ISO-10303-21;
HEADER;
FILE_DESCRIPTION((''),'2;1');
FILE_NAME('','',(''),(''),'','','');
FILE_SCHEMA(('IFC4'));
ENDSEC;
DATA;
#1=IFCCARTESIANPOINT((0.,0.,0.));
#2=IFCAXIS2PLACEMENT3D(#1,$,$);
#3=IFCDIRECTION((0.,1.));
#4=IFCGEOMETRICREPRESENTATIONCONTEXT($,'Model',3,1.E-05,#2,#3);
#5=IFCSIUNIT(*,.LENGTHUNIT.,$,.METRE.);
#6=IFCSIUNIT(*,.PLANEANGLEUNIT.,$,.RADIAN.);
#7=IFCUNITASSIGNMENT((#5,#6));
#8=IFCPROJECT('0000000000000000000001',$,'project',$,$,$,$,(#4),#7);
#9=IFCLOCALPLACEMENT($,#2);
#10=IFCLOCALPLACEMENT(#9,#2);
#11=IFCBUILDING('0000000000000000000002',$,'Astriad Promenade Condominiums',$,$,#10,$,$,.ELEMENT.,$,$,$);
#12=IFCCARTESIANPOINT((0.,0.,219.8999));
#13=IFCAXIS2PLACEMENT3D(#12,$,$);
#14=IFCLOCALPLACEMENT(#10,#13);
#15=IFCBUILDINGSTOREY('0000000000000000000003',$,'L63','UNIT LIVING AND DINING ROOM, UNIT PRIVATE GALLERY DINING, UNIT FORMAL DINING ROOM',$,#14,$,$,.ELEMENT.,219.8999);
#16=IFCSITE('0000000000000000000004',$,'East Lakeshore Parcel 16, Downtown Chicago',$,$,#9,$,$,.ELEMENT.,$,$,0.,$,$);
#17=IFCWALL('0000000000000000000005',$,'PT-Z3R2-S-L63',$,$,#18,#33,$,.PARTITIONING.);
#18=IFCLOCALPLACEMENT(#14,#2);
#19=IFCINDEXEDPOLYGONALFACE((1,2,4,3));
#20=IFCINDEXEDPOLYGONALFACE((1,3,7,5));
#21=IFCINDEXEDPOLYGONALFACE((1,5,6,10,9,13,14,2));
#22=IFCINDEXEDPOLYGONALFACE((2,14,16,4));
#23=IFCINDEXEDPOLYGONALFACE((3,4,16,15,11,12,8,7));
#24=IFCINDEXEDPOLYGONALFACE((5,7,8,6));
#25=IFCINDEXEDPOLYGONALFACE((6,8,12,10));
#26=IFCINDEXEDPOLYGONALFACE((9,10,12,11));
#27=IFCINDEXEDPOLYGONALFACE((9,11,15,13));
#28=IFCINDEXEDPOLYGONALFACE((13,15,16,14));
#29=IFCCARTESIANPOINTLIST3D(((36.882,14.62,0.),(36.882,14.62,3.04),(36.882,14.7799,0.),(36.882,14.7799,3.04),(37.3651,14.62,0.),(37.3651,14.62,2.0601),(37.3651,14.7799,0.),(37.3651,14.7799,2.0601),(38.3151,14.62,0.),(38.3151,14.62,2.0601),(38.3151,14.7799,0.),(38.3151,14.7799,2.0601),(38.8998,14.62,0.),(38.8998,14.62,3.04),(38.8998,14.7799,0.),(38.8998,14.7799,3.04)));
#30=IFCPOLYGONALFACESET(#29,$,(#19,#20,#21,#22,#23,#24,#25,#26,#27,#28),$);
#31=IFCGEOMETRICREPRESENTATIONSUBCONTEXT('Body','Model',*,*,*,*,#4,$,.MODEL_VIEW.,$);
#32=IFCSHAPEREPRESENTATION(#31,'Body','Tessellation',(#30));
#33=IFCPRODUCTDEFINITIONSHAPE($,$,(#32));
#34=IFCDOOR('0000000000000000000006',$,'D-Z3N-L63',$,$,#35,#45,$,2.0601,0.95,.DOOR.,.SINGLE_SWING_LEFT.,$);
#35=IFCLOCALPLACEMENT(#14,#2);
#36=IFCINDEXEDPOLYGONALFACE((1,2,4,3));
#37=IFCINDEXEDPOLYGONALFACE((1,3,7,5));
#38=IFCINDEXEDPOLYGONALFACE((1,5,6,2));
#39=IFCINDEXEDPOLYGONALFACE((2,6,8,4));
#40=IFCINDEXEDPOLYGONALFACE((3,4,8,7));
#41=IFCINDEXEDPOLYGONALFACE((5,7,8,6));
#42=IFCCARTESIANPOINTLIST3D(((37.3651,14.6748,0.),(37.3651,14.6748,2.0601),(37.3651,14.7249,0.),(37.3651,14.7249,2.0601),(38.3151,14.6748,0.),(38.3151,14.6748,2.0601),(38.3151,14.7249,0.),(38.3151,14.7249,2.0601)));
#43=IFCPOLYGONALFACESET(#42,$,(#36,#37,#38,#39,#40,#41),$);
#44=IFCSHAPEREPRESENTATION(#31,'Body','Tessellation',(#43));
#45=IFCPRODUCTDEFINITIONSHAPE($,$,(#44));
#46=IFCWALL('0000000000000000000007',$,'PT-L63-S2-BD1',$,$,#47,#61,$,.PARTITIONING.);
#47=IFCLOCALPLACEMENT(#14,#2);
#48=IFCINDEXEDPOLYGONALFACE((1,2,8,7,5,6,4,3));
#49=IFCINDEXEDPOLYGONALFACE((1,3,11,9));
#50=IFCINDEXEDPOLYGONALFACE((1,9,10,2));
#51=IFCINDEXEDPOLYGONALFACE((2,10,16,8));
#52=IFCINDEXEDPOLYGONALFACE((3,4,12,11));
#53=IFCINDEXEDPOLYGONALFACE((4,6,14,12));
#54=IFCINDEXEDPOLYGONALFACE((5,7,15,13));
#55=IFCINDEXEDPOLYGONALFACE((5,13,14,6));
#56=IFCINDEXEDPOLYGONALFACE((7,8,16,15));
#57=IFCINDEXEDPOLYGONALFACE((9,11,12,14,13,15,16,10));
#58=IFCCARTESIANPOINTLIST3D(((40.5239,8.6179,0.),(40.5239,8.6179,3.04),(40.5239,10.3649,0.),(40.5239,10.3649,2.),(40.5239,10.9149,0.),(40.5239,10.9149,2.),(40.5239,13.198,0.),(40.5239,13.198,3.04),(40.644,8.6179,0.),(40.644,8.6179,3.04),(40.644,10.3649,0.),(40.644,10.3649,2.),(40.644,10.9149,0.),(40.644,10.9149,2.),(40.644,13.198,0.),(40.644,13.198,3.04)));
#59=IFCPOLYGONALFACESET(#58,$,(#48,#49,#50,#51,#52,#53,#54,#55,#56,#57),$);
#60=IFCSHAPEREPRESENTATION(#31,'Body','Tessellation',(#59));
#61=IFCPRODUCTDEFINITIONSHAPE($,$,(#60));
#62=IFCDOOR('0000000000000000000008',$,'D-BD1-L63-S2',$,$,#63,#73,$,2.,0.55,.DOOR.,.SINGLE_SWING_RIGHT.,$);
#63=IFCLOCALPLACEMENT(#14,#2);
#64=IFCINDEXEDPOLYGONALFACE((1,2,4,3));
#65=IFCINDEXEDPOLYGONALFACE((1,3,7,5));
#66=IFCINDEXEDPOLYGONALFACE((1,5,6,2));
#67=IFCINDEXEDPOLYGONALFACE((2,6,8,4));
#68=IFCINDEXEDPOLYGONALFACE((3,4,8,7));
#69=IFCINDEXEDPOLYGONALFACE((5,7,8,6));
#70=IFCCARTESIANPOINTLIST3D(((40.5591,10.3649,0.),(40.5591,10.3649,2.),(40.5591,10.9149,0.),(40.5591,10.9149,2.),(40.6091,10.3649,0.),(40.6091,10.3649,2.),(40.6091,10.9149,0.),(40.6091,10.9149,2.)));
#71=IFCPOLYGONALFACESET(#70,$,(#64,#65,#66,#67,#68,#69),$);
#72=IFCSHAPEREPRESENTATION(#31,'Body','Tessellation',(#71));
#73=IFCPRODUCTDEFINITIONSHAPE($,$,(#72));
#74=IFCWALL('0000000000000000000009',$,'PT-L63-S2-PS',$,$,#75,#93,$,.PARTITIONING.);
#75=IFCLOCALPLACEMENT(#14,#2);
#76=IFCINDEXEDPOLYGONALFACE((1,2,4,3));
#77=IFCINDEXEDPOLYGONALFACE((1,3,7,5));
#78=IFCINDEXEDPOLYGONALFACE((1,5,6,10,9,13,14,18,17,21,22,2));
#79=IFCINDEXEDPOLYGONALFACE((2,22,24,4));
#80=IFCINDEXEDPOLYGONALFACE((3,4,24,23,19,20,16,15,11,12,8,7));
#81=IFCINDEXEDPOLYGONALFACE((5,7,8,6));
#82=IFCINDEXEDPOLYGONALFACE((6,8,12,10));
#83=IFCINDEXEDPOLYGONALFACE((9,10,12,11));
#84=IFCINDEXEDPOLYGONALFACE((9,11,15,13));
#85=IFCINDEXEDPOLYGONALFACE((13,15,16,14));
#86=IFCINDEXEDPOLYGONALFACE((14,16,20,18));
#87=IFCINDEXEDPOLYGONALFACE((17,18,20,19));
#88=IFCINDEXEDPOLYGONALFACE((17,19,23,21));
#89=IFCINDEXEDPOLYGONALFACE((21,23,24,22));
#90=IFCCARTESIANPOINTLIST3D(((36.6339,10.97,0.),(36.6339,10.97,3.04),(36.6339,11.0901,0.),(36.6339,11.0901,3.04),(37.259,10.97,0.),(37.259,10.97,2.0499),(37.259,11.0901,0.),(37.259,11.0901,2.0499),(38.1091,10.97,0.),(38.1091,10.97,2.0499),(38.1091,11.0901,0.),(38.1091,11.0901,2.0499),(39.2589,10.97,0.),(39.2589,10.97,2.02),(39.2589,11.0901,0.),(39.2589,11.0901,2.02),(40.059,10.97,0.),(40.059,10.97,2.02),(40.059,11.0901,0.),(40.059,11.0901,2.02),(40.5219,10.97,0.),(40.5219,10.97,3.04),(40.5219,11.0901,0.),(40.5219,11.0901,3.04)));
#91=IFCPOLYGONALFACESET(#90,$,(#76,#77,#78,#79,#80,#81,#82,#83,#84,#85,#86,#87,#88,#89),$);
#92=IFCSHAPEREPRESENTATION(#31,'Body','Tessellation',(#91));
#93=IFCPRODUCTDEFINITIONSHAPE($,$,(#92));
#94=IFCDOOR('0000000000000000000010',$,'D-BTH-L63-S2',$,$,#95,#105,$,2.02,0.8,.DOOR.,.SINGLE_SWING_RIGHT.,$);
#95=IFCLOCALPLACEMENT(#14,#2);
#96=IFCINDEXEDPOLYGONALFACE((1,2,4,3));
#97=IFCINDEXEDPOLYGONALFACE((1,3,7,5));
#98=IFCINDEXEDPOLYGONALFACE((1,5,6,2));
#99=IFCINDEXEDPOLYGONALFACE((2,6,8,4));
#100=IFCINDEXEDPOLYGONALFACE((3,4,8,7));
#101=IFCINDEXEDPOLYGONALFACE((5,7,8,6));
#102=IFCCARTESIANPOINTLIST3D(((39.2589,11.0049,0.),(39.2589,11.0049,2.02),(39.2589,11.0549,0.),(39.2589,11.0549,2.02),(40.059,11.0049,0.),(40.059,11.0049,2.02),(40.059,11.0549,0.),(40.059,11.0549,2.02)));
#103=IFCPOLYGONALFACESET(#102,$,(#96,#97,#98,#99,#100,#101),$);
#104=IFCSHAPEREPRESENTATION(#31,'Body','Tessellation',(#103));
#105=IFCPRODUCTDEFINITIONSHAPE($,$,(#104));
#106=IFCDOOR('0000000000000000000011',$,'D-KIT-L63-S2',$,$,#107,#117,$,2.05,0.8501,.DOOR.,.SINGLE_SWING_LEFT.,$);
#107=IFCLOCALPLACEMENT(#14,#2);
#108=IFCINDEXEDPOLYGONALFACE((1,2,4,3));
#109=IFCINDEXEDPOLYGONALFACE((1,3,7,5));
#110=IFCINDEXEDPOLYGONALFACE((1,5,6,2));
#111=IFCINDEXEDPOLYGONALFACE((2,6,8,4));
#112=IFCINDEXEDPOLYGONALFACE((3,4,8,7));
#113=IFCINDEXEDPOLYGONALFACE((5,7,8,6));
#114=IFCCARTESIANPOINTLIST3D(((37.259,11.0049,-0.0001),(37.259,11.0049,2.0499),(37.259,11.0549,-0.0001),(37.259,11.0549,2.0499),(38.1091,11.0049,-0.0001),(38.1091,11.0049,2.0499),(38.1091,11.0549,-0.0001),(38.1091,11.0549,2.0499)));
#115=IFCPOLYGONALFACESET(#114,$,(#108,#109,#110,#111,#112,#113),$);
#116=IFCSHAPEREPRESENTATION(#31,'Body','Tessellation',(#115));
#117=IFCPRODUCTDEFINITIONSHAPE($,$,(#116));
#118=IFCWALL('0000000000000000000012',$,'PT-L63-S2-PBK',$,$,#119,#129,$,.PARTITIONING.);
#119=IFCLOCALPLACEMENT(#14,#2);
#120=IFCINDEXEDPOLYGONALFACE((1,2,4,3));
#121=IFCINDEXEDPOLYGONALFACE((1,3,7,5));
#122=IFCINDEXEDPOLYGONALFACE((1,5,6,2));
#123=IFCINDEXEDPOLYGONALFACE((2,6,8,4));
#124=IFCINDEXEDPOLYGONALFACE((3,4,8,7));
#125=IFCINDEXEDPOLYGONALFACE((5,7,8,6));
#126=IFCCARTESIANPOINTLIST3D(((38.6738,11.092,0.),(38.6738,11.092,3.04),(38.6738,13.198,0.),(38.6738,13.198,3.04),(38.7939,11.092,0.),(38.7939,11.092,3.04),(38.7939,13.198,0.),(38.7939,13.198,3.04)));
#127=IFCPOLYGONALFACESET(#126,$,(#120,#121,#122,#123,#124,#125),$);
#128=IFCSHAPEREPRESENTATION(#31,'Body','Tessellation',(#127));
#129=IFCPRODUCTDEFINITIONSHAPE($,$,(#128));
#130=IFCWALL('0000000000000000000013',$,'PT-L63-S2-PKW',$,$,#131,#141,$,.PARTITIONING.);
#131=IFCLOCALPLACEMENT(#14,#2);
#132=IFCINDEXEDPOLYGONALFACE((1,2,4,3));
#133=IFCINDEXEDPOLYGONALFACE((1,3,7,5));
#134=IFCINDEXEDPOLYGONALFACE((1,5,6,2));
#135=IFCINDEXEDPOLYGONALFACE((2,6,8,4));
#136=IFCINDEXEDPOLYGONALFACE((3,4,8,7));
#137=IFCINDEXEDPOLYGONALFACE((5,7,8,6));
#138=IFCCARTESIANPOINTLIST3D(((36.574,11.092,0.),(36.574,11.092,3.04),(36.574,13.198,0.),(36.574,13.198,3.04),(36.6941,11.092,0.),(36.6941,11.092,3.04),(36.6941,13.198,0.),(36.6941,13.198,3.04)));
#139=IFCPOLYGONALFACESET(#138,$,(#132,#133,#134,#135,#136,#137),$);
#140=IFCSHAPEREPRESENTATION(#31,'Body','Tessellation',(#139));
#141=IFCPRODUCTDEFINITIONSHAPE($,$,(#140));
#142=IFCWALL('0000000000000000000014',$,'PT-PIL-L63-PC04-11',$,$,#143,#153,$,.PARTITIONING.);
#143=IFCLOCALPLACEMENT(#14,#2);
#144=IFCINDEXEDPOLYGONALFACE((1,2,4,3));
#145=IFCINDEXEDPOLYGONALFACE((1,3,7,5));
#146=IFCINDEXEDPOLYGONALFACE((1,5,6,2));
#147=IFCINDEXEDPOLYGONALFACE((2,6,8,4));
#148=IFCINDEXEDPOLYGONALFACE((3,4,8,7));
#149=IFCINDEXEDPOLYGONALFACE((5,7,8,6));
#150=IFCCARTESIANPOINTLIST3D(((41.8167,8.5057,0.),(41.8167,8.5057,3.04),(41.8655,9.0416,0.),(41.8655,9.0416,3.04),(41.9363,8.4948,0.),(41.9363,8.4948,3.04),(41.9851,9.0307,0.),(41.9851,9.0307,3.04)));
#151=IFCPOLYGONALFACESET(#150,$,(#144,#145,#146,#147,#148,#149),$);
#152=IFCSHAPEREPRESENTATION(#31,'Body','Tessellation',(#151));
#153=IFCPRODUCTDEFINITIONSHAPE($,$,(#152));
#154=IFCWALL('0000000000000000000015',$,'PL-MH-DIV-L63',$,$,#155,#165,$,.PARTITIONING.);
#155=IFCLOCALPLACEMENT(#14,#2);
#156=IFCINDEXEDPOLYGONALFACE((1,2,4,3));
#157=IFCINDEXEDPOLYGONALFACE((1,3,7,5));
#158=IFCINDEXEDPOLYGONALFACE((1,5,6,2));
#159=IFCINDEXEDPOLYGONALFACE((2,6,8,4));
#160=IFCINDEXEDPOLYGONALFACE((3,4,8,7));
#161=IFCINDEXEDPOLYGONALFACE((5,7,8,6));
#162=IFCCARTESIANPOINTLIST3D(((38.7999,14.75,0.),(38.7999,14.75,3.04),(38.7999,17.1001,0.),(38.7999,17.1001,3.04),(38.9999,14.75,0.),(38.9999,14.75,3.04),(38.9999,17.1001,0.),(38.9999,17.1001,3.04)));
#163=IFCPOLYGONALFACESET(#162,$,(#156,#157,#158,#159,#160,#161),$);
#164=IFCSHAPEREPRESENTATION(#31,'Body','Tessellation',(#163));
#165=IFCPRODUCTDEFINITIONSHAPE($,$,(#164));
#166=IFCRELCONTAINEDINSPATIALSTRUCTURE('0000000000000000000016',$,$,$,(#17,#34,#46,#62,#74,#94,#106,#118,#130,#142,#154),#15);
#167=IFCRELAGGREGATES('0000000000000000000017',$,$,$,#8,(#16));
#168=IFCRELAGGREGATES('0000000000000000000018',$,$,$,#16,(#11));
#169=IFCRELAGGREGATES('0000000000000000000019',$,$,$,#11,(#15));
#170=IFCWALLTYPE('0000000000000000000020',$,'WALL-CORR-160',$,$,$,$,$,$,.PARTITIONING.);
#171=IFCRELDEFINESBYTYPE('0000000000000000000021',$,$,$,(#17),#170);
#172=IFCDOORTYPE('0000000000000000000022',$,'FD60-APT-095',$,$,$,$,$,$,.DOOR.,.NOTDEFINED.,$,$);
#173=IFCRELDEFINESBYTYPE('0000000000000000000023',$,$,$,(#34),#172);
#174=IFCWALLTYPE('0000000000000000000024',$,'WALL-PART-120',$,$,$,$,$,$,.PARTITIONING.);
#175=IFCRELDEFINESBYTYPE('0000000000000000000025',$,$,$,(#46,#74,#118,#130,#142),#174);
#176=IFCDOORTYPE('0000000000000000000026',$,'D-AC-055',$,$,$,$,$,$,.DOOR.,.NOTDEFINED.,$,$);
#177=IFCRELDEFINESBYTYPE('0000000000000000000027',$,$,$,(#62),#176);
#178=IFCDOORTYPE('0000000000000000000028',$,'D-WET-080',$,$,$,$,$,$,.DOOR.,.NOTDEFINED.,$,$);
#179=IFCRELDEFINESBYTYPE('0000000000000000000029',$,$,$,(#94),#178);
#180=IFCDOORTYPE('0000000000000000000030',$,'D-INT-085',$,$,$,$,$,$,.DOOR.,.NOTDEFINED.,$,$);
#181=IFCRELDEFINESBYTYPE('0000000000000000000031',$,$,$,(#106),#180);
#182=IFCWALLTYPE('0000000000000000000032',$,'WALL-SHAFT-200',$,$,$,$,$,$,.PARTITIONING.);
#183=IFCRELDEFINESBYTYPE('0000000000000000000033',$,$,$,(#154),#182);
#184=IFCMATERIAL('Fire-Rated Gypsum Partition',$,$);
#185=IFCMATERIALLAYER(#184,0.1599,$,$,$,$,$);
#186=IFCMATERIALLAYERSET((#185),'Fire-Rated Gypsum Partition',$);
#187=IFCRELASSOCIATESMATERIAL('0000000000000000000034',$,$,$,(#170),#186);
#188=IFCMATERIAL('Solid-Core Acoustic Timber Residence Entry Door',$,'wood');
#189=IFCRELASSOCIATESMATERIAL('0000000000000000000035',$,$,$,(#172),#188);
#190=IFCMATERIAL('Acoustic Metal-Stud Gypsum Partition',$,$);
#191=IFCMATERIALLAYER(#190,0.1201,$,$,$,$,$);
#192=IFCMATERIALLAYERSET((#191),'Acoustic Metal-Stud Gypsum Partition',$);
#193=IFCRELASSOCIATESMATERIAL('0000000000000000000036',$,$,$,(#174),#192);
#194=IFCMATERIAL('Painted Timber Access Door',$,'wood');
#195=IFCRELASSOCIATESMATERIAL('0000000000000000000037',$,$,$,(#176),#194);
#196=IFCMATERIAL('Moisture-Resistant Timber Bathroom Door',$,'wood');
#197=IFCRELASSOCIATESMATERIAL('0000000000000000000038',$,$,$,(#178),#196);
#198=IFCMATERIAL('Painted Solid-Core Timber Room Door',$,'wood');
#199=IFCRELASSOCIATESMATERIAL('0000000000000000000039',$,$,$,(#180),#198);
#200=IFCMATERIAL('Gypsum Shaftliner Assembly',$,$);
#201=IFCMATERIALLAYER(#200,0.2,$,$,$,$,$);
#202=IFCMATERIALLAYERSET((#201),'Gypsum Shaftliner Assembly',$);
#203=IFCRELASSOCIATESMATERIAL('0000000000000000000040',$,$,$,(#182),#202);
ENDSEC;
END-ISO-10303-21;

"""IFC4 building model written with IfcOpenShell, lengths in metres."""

from ifc_helpers import new_model, si_unit, direction, frame, frame_2d, origin, place, context, subcontext, project, spatial, rectangle, extrude, source, transform, mapped, material, layer, layer_set, type_object, type_shapes, element, fill, save


model = new_model("IFC4")

# Units and contexts
model_context = context("Model", 3, precision=1e-05, world=origin(), true_north=direction((0.0, 1.0)))
body_context = subcontext(model_context, "Body", "Model", "MODEL_VIEW")
ifc_project = project(units=[si_unit("LENGTHUNIT", "METRE"), si_unit("PLANEANGLEUNIT", "RADIAN")], contexts=[model_context])

# Site, building, storey
site_placement = place(None, origin())
site = spatial("IfcSite", under=ifc_project, at=site_placement, Name="East Lakeshore Parcel 16, Downtown Chicago", CompositionType="ELEMENT", RefElevation=0.0)
building_placement = place(site_placement, origin())
building = spatial("IfcBuilding", under=site, at=building_placement, Name="Astriad Promenade Condominiums", CompositionType="ELEMENT")
storey_placement = place(building_placement, frame((0.0, 0.0, 219.8999)))
storey = spatial("IfcBuildingStorey", under=building, at=storey_placement, Name="L63", Description="UNIT LIVING AND DINING ROOM, UNIT PRIVATE GALLERY DINING, UNIT FORMAL DINING ROOM", CompositionType="ELEMENT", Elevation=219.8999)

# Shared definitions
ifc_material_1 = material(Name="Fire-Rated Gypsum Partition")
ifc_layer_1 = layer(ifc_material_1, 0.1599)
ifc_layer_set_1 = layer_set([ifc_layer_1], Name="Fire-Rated Gypsum Partition")
wall_type_1 = type_object("IfcWallType", Name="WALL-CORR-160", PredefinedType="PARTITIONING", material=ifc_layer_set_1)

# Walls, openings, doors
wall_1_placement = place(storey_placement, frame((36.8821, 14.7, 0.0), z_axis=(0.0, 0.0, 1.0), x_axis=(1.0, 0.0, 0.0)))
wall_1 = element("IfcWall", 1, at=wall_1_placement, inside=storey, type_object=wall_type_1, Name="PT-Z3R2-S-L63", PredefinedType="PARTITIONING", context=body_context, shape_type="SweptSolid", body=[
    extrude(rectangle(XDim=2.0178, YDim=0.1599, at=frame_2d((1.0088, 0.0))), origin(), (0.0, 0.0, 1.0), 3.04),
])
opening_1_placement = place(wall_1_placement, frame((0.4829, 0.0, 0.0)))
opening_1 = element("IfcOpeningElement", 2, at=opening_1_placement, cuts=wall_1, PredefinedType="OPENING", context=body_context, shape_type="SweptSolid", body=[
    extrude(rectangle(XDim=0.95, YDim=2.0601, at=frame_2d((0.4751, 1.03))), frame((0.0, 0.0898, 0.0), z_axis=(0.0, -1.0, 0.0), x_axis=(1.0, 0.0, 0.0)), (0.0, 0.0, 1.0), 0.1799),
])
ifc_material_2 = material(Name="Solid-Core Acoustic Timber Residence Entry Door", Category="wood")
door_type_1 = type_object("IfcDoorType", Name="FD60-APT-095", OperationType="NOTDEFINED", PredefinedType="DOOR", material=ifc_material_2)
shared_shape_1 = source(origin(), body_context, "Body", "SweptSolid", [
    extrude(rectangle(XDim=0.95, YDim=2.0601, at=frame_2d((0.4751, 1.03))), frame((0.0, 0.0249, 0.0), z_axis=(0.0, -1.0, 0.0), x_axis=(1.0, 0.0, 0.0)), (0.0, 0.0, 1.0), 0.05),
])
type_shapes(door_type_1, [shared_shape_1])
door_1_placement = place(opening_1_placement, origin())
door_1 = element("IfcDoor", 3, at=door_1_placement, inside=storey, type_object=door_type_1, Name="D-Z3N-L63", OperationType="SINGLE_SWING_LEFT", OverallHeight=2.0601, OverallWidth=0.95, PredefinedType="DOOR", context=body_context, shape_type="MappedRepresentation", body=[
    mapped(shared_shape_1, transform((0.0, 0.0, 0.0), scale=1.0)),
])
fill(opening_1, door_1)
ifc_material_3 = material(Name="Acoustic Metal-Stud Gypsum Partition")
ifc_layer_2 = layer(ifc_material_3, 0.1201)
ifc_layer_set_2 = layer_set([ifc_layer_2], Name="Acoustic Metal-Stud Gypsum Partition")
wall_type_2 = type_object("IfcWallType", Name="WALL-PART-120", PredefinedType="PARTITIONING", material=ifc_layer_set_2)
wall_2_placement = place(storey_placement, frame((40.584, 8.6179, 0.0), z_axis=(0.0, 0.0, 1.0), x_axis=(0.0, 1.0, 0.0)))
wall_2 = element("IfcWall", 4, at=wall_2_placement, inside=storey, type_object=wall_type_2, Name="PT-L63-S2-BD1", PredefinedType="PARTITIONING", context=body_context, shape_type="SweptSolid", body=[
    extrude(rectangle(XDim=4.5801, YDim=0.1201, at=frame_2d((2.29, 0.0))), origin(), (0.0, 0.0, 1.0), 3.04),
])
opening_2_placement = place(wall_2_placement, frame((1.7471, 0.0, 0.0)))
opening_2 = element("IfcOpeningElement", 5, at=opening_2_placement, cuts=wall_2, PredefinedType="OPENING", context=body_context, shape_type="SweptSolid", body=[
    extrude(rectangle(XDim=0.55, YDim=2.0, at=frame_2d((0.2749, 1.0))), frame((0.0, 0.0701, 0.0), z_axis=(0.0, -1.0, 0.0), x_axis=(1.0, 0.0, 0.0)), (0.0, 0.0, 1.0), 0.1401),
])
ifc_material_4 = material(Name="Painted Timber Access Door", Category="wood")
door_type_2 = type_object("IfcDoorType", Name="D-AC-055", OperationType="NOTDEFINED", PredefinedType="DOOR", material=ifc_material_4)
shared_shape_2 = source(origin(), body_context, "Body", "SweptSolid", [
    extrude(rectangle(XDim=0.55, YDim=2.0, at=frame_2d((0.2749, 1.0))), frame((0.0, 0.0249, 0.0), z_axis=(0.0, -1.0, 0.0), x_axis=(1.0, 0.0, 0.0)), (0.0, 0.0, 1.0), 0.05),
])
type_shapes(door_type_2, [shared_shape_2])
door_2_placement = place(opening_2_placement, origin())
door_2 = element("IfcDoor", 6, at=door_2_placement, inside=storey, type_object=door_type_2, Name="D-BD1-L63-S2", OperationType="SINGLE_SWING_RIGHT", OverallHeight=2.0, OverallWidth=0.55, PredefinedType="DOOR", context=body_context, shape_type="MappedRepresentation", body=[
    mapped(shared_shape_2, transform((0.0, 0.0, 0.0), scale=1.0)),
])
fill(opening_2, door_2)

# Wall, openings, doors
wall_3_placement = place(storey_placement, frame((36.634, 11.03, 0.0), z_axis=(0.0, 0.0, 1.0), x_axis=(1.0, 0.0, 0.0)))
wall_3 = element("IfcWall", 7, at=wall_3_placement, inside=storey, type_object=wall_type_2, Name="PT-L63-S2-PS", PredefinedType="PARTITIONING", context=body_context, shape_type="SweptSolid", body=[
    extrude(rectangle(XDim=3.8879, YDim=0.1201, at=frame_2d((1.9438, 0.0))), origin(), (0.0, 0.0, 1.0), 3.04),
])
opening_3_placement = place(wall_3_placement, frame((0.625, 0.0, 0.0)))
opening_3 = element("IfcOpeningElement", 8, at=opening_3_placement, cuts=wall_3, PredefinedType="OPENING", context=body_context, shape_type="SweptSolid", body=[
    extrude(rectangle(XDim=0.8501, YDim=2.05, at=frame_2d((0.425, 1.0249))), frame((0.0, 0.0701, 0.0), z_axis=(0.0, -1.0, 0.0), x_axis=(1.0, 0.0, 0.0)), (0.0, 0.0, 1.0), 0.1401),
])
opening_4_placement = place(wall_3_placement, frame((2.625, 0.0, 0.0)))
opening_4 = element("IfcOpeningElement", 9, at=opening_4_placement, cuts=wall_3, PredefinedType="OPENING", context=body_context, shape_type="SweptSolid", body=[
    extrude(rectangle(XDim=0.8, YDim=2.02, at=frame_2d((0.3999, 1.01))), frame((0.0, 0.0701, 0.0), z_axis=(0.0, -1.0, 0.0), x_axis=(1.0, 0.0, 0.0)), (0.0, 0.0, 1.0), 0.1401),
])
ifc_material_5 = material(Name="Moisture-Resistant Timber Bathroom Door", Category="wood")
door_type_3 = type_object("IfcDoorType", Name="D-WET-080", OperationType="NOTDEFINED", PredefinedType="DOOR", material=ifc_material_5)
shared_shape_3 = source(origin(), body_context, "Body", "SweptSolid", [
    extrude(rectangle(XDim=0.8, YDim=2.02, at=frame_2d((0.3999, 1.01))), frame((0.0, 0.0249, 0.0), z_axis=(0.0, -1.0, 0.0), x_axis=(1.0, 0.0, 0.0)), (0.0, 0.0, 1.0), 0.05),
])
type_shapes(door_type_3, [shared_shape_3])
door_3_placement = place(opening_4_placement, origin())
door_3 = element("IfcDoor", 10, at=door_3_placement, inside=storey, type_object=door_type_3, Name="D-BTH-L63-S2", OperationType="SINGLE_SWING_RIGHT", OverallHeight=2.02, OverallWidth=0.8, PredefinedType="DOOR", context=body_context, shape_type="MappedRepresentation", body=[
    mapped(shared_shape_3, transform((0.0, 0.0, 0.0), scale=1.0)),
])
fill(opening_4, door_3)
ifc_material_6 = material(Name="Painted Solid-Core Timber Room Door", Category="wood")
door_type_4 = type_object("IfcDoorType", Name="D-INT-085", OperationType="NOTDEFINED", PredefinedType="DOOR", material=ifc_material_6)
shared_shape_4 = source(origin(), body_context, "Body", "SweptSolid", [
    extrude(rectangle(XDim=0.8501, YDim=2.05, at=frame_2d((0.425, 1.0249))), frame((0.0, 0.0249, 0.0), z_axis=(0.0, -1.0, 0.0), x_axis=(1.0, 0.0, 0.0)), (0.0, 0.0, 1.0), 0.05),
])
type_shapes(door_type_4, [shared_shape_4])
door_4_placement = place(opening_3_placement, origin())
door_4 = element("IfcDoor", 11, at=door_4_placement, inside=storey, type_object=door_type_4, Name="D-KIT-L63-S2", OperationType="SINGLE_SWING_LEFT", OverallHeight=2.05, OverallWidth=0.8501, PredefinedType="DOOR", context=body_context, shape_type="MappedRepresentation", body=[
    mapped(shared_shape_4, transform((0.0, 0.0, 0.0), scale=1.0)),
])
fill(opening_3, door_4)

# Walls
for number, where, z_axis, x_axis, name in (
    (12, (38.7339, 11.092, 0.0), (0.0, 0.0, 1.0), (0.0, 1.0, 0.0), "PT-L63-S2-PBK"),
    (13, (36.634, 11.092, 0.0), (0.0, 0.0, 1.0), (0.0, 1.0, 0.0), "PT-L63-S2-PKW"),
):
    element("IfcWall", number, at=place(storey_placement, frame(where, z_axis=z_axis, x_axis=x_axis)), inside=storey, type_object=wall_type_2, Name=name, PredefinedType="PARTITIONING", context=body_context, shape_type="SweptSolid", body=[
        extrude(rectangle(XDim=2.106, YDim=0.1201, at=frame_2d((1.053, 0.0))), origin(), (0.0, 0.0, 1.0), 3.04),
    ])
wall_4_placement = place(storey_placement, frame((41.9253, 9.0361, 0.0), z_axis=(0.0, 0.0, 1.0), x_axis=(-0.09074, -0.995875, 0.0)))
element("IfcWall", 14, at=wall_4_placement, inside=storey, type_object=wall_type_2, Name="PT-PIL-L63-PC04-11", PredefinedType="PARTITIONING", context=body_context, shape_type="SweptSolid", body=[
    extrude(rectangle(XDim=0.5381, YDim=0.1201, at=frame_2d((0.269, 0.0))), origin(), (0.0, 0.0, 1.0), 3.04),
])
ifc_material_7 = material(Name="Gypsum Shaftliner Assembly")
ifc_layer_3 = layer(ifc_material_7, 0.2)
ifc_layer_set_3 = layer_set([ifc_layer_3], Name="Gypsum Shaftliner Assembly")
wall_type_3 = type_object("IfcWallType", Name="WALL-SHAFT-200", PredefinedType="PARTITIONING", material=ifc_layer_set_3)
for number, where, z_axis, x_axis, name in (
    (15, (38.8999, 14.75, 0.0), (0.0, 0.0, 1.0), (0.0, 1.0, 0.0), "PL-MH-DIV-L63"),
):
    element("IfcWall", number, at=place(storey_placement, frame(where, z_axis=z_axis, x_axis=x_axis)), inside=storey, type_object=wall_type_3, Name=name, PredefinedType="PARTITIONING", context=body_context, shape_type="SweptSolid", body=[
        extrude(rectangle(XDim=2.3501, YDim=0.2, at=frame_2d((1.175, 0.0))), origin(), (0.0, 0.0, 1.0), 3.04),
    ])

save(model, "model.ifc")
